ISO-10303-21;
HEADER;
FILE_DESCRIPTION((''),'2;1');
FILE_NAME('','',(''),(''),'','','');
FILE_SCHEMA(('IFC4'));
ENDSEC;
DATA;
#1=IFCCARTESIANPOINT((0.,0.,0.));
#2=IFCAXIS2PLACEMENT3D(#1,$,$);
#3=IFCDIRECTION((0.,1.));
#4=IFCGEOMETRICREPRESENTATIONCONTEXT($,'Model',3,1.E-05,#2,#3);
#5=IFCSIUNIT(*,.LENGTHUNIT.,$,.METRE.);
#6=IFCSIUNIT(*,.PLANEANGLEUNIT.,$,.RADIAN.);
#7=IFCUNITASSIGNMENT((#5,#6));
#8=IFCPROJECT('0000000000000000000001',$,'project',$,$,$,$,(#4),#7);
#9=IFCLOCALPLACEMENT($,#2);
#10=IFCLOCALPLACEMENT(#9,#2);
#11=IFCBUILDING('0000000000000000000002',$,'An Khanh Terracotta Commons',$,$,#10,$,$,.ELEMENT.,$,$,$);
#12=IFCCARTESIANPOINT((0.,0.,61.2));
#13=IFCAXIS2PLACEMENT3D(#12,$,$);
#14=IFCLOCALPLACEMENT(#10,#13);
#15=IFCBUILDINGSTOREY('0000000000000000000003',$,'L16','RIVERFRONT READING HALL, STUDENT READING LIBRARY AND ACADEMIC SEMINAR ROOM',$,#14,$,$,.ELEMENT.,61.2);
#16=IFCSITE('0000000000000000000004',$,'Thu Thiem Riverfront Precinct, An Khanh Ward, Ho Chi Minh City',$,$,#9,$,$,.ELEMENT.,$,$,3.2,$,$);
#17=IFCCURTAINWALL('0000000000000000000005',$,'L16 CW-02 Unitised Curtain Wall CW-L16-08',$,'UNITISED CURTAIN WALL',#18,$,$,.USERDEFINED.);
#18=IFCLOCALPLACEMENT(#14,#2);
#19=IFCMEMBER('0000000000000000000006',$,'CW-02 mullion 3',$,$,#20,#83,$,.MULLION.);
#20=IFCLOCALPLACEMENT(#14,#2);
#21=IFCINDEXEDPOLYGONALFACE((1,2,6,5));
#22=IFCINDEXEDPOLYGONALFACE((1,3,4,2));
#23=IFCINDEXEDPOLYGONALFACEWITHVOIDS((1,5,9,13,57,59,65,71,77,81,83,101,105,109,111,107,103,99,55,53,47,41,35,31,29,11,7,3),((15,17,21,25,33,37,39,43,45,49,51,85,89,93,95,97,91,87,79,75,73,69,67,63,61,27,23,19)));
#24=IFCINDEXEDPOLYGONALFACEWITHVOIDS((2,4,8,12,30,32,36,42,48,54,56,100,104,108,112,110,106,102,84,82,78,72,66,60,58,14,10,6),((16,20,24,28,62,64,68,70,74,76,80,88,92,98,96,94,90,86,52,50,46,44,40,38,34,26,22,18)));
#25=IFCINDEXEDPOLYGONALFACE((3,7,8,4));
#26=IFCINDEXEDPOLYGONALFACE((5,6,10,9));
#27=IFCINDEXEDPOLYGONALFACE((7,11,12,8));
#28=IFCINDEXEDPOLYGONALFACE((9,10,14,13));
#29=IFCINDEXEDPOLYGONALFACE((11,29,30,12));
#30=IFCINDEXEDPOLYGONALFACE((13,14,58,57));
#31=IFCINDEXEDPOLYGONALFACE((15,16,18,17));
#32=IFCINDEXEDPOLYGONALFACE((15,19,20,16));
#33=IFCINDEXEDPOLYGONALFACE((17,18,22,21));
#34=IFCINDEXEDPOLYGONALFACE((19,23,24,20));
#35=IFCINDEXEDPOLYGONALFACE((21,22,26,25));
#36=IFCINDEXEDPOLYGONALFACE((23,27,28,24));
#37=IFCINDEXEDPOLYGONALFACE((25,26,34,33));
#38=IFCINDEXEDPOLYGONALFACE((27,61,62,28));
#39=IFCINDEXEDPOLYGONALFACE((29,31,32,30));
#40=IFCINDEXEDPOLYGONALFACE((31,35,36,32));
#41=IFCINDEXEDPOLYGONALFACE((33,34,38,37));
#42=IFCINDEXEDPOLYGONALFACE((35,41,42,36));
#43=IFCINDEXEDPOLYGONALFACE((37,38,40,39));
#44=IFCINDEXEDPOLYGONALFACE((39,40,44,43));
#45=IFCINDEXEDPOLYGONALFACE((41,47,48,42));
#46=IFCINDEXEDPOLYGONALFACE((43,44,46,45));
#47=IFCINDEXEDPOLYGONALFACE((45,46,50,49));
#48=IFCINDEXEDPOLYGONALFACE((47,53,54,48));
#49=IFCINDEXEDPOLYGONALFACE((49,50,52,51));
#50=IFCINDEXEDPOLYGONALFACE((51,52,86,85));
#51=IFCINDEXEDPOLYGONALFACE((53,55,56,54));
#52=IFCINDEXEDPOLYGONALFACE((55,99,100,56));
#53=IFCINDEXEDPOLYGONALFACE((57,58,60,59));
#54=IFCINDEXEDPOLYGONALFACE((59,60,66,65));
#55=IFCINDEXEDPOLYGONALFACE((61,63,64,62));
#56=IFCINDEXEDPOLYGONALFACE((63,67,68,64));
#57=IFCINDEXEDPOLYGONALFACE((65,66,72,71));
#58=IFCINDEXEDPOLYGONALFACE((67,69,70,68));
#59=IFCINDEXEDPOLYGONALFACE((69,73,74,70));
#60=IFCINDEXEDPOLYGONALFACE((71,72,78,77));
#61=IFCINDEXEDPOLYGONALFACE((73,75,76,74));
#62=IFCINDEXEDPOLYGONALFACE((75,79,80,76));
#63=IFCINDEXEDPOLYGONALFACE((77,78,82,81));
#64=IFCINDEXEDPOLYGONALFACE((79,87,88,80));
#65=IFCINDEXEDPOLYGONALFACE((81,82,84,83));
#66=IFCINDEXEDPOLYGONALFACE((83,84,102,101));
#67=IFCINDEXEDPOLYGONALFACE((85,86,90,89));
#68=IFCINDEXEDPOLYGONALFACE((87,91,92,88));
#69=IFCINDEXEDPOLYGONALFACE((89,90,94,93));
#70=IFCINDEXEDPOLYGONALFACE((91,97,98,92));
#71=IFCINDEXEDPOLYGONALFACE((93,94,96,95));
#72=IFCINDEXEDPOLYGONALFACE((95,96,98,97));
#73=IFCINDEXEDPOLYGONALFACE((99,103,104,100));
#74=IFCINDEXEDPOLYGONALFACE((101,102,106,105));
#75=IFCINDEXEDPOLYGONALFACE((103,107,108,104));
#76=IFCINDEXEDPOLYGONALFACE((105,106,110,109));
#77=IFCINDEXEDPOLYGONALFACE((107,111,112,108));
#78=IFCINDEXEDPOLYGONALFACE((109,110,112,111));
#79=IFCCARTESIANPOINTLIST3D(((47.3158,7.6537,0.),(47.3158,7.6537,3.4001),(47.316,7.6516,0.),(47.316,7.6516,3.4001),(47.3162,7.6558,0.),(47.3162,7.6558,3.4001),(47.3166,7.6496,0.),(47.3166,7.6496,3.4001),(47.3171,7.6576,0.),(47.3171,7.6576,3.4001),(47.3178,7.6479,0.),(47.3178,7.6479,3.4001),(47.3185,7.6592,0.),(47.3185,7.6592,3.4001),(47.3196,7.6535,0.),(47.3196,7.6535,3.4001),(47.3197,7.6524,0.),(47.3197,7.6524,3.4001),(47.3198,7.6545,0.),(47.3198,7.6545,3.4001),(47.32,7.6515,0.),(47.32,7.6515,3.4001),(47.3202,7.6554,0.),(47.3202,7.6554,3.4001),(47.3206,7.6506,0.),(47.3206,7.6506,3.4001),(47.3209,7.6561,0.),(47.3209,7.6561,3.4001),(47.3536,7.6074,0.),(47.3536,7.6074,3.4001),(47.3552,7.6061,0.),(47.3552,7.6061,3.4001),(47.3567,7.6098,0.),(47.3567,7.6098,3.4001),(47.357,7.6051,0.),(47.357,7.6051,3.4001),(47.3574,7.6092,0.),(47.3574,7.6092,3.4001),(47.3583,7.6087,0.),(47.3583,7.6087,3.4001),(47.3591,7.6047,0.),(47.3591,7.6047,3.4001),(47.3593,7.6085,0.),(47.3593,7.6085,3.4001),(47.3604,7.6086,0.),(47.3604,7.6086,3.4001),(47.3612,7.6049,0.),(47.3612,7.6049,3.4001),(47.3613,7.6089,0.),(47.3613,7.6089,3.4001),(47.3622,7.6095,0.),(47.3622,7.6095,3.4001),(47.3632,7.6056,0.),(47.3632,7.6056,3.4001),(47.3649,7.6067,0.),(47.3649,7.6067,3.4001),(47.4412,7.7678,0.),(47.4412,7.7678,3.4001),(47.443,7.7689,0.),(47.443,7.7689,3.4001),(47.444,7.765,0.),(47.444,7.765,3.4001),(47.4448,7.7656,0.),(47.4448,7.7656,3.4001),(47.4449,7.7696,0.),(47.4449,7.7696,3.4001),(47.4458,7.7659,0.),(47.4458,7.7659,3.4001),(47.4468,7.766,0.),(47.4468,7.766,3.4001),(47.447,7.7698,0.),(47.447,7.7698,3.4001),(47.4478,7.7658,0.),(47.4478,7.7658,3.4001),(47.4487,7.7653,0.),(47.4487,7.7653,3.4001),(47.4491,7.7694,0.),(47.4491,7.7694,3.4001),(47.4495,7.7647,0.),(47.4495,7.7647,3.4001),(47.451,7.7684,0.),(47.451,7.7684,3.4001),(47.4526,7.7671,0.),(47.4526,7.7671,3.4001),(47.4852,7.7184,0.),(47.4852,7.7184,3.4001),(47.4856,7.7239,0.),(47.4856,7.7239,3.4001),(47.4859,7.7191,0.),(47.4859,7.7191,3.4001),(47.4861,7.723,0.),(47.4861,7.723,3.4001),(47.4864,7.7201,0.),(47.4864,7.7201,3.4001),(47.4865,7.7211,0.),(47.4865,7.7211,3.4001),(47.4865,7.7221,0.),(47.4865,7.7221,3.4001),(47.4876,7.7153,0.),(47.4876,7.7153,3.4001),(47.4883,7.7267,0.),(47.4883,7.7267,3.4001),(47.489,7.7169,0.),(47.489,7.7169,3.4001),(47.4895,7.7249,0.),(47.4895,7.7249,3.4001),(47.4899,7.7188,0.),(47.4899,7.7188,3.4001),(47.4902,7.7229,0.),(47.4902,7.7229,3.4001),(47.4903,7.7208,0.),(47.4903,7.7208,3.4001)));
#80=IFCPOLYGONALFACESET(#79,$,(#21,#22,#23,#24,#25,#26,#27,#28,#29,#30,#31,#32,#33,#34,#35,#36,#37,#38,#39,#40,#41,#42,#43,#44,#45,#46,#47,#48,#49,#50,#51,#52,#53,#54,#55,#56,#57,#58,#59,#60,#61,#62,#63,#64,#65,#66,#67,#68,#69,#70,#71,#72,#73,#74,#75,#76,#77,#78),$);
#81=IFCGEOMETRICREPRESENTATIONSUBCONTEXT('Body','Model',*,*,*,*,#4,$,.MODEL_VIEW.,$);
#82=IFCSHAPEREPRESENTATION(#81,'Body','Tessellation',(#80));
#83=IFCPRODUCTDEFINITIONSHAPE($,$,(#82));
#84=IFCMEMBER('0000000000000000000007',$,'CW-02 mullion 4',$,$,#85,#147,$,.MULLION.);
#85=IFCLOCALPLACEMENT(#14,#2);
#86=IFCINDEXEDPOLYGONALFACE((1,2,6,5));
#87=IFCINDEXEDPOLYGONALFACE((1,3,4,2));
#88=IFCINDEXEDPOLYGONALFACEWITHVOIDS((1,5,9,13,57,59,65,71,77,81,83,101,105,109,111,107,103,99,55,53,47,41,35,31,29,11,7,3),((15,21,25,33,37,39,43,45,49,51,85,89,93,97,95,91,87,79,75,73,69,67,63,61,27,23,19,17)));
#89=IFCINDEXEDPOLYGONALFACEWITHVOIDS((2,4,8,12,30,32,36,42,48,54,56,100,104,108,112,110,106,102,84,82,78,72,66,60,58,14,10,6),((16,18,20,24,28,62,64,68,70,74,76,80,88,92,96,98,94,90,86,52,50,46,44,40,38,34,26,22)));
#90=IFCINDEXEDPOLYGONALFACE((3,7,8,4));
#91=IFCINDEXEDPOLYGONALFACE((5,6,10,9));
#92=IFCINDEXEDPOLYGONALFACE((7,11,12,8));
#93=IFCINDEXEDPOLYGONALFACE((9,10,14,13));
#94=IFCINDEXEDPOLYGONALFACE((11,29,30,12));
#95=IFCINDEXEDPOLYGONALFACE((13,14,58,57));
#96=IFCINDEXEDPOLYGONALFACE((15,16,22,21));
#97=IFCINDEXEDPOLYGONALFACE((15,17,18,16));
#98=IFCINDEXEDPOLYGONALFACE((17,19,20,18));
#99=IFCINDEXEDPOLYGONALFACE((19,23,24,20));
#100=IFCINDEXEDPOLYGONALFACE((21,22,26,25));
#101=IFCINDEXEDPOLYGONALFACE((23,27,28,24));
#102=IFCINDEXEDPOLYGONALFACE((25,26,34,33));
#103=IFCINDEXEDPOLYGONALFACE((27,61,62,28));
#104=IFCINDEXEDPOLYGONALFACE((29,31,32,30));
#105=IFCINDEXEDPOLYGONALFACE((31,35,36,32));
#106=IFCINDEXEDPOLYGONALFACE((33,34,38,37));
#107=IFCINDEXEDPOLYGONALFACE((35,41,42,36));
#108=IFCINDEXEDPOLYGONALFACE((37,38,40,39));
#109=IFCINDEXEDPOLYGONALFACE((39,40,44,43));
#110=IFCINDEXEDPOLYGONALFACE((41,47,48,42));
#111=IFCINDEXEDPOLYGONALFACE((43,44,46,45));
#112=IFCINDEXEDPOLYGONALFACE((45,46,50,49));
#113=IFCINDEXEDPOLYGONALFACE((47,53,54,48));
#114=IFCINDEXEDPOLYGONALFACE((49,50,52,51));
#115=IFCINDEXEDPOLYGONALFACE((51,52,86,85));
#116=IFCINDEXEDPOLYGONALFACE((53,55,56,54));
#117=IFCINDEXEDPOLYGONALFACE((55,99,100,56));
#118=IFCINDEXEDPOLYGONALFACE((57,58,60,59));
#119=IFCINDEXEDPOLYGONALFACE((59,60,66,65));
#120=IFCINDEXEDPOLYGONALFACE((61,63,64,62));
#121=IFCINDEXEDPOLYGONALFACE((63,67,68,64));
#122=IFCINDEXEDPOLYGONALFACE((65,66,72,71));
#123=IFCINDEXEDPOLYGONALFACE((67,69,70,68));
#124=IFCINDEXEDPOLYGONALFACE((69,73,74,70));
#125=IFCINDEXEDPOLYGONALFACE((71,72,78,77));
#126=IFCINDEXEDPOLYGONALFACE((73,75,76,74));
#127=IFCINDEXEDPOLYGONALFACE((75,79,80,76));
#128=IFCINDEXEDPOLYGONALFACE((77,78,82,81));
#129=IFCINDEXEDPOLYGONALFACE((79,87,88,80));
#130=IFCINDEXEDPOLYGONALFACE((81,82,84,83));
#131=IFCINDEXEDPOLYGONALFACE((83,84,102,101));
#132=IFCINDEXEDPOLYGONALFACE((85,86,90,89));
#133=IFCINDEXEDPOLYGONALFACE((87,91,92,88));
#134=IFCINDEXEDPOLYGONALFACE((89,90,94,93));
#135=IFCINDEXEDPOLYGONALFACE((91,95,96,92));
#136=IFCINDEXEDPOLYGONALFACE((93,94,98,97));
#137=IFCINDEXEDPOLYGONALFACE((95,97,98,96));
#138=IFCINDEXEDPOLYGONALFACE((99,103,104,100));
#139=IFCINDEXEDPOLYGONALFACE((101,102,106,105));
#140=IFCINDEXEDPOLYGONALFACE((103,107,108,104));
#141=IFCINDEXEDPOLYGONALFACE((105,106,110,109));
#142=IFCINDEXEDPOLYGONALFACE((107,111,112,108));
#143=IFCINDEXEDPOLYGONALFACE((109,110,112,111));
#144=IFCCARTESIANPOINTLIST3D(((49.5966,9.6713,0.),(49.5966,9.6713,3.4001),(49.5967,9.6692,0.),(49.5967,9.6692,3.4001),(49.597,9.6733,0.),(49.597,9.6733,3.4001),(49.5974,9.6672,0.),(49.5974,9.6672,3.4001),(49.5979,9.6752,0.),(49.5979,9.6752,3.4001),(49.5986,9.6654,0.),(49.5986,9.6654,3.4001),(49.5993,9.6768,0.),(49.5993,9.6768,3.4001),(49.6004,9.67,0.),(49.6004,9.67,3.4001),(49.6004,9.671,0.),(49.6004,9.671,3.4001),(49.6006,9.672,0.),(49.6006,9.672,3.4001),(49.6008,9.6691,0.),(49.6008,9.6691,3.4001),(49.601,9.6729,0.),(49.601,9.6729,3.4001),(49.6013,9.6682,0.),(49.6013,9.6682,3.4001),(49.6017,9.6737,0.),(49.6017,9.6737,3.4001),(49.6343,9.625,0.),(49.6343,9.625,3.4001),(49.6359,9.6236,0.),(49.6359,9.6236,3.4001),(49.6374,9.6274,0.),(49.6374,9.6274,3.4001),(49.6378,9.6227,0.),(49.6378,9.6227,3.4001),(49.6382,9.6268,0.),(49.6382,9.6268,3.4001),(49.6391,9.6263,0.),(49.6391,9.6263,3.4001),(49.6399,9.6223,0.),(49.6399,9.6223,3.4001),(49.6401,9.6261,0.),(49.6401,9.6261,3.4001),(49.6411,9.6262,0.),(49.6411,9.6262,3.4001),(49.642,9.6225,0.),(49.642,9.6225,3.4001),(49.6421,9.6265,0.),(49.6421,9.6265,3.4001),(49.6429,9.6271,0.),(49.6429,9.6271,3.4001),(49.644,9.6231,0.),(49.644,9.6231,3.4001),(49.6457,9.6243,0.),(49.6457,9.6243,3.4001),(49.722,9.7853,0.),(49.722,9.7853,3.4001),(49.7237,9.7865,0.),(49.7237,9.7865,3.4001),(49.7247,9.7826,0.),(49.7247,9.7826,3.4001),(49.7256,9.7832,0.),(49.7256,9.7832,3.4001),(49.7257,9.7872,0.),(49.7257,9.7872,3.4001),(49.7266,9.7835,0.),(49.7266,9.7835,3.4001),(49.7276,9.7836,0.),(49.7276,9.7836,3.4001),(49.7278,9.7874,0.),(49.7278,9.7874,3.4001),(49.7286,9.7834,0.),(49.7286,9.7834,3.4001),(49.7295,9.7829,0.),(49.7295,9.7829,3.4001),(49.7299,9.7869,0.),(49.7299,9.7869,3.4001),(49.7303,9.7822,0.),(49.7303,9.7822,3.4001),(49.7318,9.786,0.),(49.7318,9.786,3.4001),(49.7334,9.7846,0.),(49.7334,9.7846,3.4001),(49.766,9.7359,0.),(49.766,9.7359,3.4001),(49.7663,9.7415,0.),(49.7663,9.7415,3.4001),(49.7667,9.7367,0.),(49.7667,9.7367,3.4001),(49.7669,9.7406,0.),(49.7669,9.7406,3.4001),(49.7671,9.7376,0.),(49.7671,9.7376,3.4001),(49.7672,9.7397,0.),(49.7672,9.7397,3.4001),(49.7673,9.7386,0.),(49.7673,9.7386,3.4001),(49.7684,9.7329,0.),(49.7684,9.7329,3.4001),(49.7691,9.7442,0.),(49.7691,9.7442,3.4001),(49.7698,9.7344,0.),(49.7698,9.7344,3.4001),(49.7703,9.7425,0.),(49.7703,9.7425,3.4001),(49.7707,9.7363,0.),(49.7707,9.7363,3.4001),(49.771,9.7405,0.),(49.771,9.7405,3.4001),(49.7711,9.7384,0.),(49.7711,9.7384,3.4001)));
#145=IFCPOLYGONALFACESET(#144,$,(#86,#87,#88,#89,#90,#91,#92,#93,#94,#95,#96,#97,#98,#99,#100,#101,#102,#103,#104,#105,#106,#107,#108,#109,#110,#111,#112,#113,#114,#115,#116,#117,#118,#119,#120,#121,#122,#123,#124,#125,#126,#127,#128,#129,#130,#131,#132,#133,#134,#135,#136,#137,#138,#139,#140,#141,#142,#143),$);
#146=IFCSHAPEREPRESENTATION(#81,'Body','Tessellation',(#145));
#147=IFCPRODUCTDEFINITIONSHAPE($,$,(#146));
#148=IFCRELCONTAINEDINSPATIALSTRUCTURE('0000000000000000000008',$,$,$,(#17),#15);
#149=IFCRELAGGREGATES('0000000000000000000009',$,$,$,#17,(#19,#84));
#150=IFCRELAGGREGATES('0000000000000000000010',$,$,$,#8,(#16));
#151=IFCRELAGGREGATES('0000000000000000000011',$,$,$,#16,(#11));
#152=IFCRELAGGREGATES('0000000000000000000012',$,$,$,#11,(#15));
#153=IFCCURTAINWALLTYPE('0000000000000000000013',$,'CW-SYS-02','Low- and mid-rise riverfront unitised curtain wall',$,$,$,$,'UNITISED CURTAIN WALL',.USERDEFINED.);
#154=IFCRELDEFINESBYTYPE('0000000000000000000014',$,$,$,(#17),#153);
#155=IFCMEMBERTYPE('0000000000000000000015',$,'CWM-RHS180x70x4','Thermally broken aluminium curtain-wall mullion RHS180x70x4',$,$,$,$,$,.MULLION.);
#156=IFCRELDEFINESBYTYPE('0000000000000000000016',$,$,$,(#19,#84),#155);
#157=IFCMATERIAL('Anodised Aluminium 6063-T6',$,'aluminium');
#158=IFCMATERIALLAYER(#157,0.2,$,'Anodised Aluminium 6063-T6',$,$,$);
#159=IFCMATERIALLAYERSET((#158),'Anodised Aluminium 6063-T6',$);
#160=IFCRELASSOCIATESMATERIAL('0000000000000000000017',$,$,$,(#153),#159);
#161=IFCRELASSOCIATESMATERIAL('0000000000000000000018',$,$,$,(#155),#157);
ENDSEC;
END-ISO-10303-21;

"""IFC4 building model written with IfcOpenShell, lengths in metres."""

from ifc_helpers import new_model, si_unit, direction, frame, origin, origin_2d, place, context, subcontext, project, spatial, hollow_rectangle, extrude, material, layer, layer_set, material_profile, profile_set, type_object, element, aggregate, save


model = new_model("IFC4")

# Units and contexts
model_context = context("Model", 3, precision=1e-05, world=origin(), true_north=direction((0.0, 1.0)))
body_context = subcontext(model_context, "Body", "Model", "MODEL_VIEW")
ifc_project = project(units=[si_unit("LENGTHUNIT", "METRE"), si_unit("PLANEANGLEUNIT", "RADIAN")], contexts=[model_context])

# Site, building, storey
site_placement = place(None, origin())
site = spatial("IfcSite", under=ifc_project, at=site_placement, Name="Thu Thiem Riverfront Precinct, An Khanh Ward, Ho Chi Minh City", CompositionType="ELEMENT", RefElevation=3.2)
building_placement = place(site_placement, origin())
building = spatial("IfcBuilding", under=site, at=building_placement, Name="An Khanh Terracotta Commons", CompositionType="ELEMENT")
storey_placement = place(building_placement, frame((0.0, 0.0, 61.2)))
storey = spatial("IfcBuildingStorey", under=building, at=storey_placement, Name="L16", Description="RIVERFRONT READING HALL, STUDENT READING LIBRARY AND ACADEMIC SEMINAR ROOM", CompositionType="ELEMENT", Elevation=61.2)

# Curtain wall, members
ifc_material_1 = material(Name="Anodised Aluminium 6063-T6", Category="aluminium")
ifc_layer_1 = layer(ifc_material_1, 0.2, Name="Anodised Aluminium 6063-T6")
ifc_layer_set_1 = layer_set([ifc_layer_1], Name="Anodised Aluminium 6063-T6")
curtain_wall_type = type_object("IfcCurtainWallType", Name="CW-SYS-02", Description="Low- and mid-rise riverfront unitised curtain wall", ElementType="UNITISED CURTAIN WALL", PredefinedType="USERDEFINED", material=ifc_layer_set_1)
curtain_wall_1_placement = place(storey_placement, origin())
curtain_wall_1 = element("IfcCurtainWall", 1, at=curtain_wall_1_placement, inside=storey, type_object=curtain_wall_type, Name="L16 CW-02 Unitised Curtain Wall CW-L16-08", ObjectType="UNITISED CURTAIN WALL", PredefinedType="USERDEFINED")
ifc_material_profile_1 = material_profile(ifc_material_1, hollow_rectangle(XDim=0.0701, YDim=0.1799, WallThickness=0.0039, InnerFilletRadius=0.0039, OuterFilletRadius=0.0081, at=origin_2d()), Name="RHS180x70x4")
ifc_profile_set_1 = profile_set([ifc_material_profile_1], Name="Anodised Aluminium 6063-T6")
member_type_1 = type_object("IfcMemberType", Name="CWM-RHS180x70x4", Description="Thermally broken aluminium curtain-wall mullion RHS180x70x4", PredefinedType="MULLION", material=ifc_profile_set_1)
member_1_placement = place(storey_placement, frame((47.4031, 7.6873, 0.0), z_axis=(0.0, 0.0, 1.0), x_axis=(-0.662548, 0.749019, 0.0)))
member_1 = element("IfcMember", 2, at=member_1_placement, type_object=member_type_1, Name="CW-02 mullion 3", PredefinedType="MULLION", context=body_context, shape_type="SweptSolid", body=[
    extrude(hollow_rectangle(XDim=0.0701, YDim=0.1799, WallThickness=0.0039, InnerFilletRadius=0.0039, OuterFilletRadius=0.0081, at=origin_2d()), origin(), (0.0, 0.0, 1.0), 3.4001),
])
member_2_placement = place(storey_placement, frame((49.6838, 9.7048, 0.0), z_axis=(0.0, 0.0, 1.0), x_axis=(-0.662548, 0.749019, 0.0)))
member_2 = element("IfcMember", 3, at=member_2_placement, type_object=member_type_1, Name="CW-02 mullion 4", PredefinedType="MULLION", context=body_context, shape_type="SweptSolid", body=[
    extrude(hollow_rectangle(XDim=0.0701, YDim=0.1799, WallThickness=0.0039, InnerFilletRadius=0.0039, OuterFilletRadius=0.0081, at=origin_2d()), origin(), (0.0, 0.0, 1.0), 3.4001),
])

aggregate(curtain_wall_1, [member_1, member_2])

save(model, "model.ifc")
